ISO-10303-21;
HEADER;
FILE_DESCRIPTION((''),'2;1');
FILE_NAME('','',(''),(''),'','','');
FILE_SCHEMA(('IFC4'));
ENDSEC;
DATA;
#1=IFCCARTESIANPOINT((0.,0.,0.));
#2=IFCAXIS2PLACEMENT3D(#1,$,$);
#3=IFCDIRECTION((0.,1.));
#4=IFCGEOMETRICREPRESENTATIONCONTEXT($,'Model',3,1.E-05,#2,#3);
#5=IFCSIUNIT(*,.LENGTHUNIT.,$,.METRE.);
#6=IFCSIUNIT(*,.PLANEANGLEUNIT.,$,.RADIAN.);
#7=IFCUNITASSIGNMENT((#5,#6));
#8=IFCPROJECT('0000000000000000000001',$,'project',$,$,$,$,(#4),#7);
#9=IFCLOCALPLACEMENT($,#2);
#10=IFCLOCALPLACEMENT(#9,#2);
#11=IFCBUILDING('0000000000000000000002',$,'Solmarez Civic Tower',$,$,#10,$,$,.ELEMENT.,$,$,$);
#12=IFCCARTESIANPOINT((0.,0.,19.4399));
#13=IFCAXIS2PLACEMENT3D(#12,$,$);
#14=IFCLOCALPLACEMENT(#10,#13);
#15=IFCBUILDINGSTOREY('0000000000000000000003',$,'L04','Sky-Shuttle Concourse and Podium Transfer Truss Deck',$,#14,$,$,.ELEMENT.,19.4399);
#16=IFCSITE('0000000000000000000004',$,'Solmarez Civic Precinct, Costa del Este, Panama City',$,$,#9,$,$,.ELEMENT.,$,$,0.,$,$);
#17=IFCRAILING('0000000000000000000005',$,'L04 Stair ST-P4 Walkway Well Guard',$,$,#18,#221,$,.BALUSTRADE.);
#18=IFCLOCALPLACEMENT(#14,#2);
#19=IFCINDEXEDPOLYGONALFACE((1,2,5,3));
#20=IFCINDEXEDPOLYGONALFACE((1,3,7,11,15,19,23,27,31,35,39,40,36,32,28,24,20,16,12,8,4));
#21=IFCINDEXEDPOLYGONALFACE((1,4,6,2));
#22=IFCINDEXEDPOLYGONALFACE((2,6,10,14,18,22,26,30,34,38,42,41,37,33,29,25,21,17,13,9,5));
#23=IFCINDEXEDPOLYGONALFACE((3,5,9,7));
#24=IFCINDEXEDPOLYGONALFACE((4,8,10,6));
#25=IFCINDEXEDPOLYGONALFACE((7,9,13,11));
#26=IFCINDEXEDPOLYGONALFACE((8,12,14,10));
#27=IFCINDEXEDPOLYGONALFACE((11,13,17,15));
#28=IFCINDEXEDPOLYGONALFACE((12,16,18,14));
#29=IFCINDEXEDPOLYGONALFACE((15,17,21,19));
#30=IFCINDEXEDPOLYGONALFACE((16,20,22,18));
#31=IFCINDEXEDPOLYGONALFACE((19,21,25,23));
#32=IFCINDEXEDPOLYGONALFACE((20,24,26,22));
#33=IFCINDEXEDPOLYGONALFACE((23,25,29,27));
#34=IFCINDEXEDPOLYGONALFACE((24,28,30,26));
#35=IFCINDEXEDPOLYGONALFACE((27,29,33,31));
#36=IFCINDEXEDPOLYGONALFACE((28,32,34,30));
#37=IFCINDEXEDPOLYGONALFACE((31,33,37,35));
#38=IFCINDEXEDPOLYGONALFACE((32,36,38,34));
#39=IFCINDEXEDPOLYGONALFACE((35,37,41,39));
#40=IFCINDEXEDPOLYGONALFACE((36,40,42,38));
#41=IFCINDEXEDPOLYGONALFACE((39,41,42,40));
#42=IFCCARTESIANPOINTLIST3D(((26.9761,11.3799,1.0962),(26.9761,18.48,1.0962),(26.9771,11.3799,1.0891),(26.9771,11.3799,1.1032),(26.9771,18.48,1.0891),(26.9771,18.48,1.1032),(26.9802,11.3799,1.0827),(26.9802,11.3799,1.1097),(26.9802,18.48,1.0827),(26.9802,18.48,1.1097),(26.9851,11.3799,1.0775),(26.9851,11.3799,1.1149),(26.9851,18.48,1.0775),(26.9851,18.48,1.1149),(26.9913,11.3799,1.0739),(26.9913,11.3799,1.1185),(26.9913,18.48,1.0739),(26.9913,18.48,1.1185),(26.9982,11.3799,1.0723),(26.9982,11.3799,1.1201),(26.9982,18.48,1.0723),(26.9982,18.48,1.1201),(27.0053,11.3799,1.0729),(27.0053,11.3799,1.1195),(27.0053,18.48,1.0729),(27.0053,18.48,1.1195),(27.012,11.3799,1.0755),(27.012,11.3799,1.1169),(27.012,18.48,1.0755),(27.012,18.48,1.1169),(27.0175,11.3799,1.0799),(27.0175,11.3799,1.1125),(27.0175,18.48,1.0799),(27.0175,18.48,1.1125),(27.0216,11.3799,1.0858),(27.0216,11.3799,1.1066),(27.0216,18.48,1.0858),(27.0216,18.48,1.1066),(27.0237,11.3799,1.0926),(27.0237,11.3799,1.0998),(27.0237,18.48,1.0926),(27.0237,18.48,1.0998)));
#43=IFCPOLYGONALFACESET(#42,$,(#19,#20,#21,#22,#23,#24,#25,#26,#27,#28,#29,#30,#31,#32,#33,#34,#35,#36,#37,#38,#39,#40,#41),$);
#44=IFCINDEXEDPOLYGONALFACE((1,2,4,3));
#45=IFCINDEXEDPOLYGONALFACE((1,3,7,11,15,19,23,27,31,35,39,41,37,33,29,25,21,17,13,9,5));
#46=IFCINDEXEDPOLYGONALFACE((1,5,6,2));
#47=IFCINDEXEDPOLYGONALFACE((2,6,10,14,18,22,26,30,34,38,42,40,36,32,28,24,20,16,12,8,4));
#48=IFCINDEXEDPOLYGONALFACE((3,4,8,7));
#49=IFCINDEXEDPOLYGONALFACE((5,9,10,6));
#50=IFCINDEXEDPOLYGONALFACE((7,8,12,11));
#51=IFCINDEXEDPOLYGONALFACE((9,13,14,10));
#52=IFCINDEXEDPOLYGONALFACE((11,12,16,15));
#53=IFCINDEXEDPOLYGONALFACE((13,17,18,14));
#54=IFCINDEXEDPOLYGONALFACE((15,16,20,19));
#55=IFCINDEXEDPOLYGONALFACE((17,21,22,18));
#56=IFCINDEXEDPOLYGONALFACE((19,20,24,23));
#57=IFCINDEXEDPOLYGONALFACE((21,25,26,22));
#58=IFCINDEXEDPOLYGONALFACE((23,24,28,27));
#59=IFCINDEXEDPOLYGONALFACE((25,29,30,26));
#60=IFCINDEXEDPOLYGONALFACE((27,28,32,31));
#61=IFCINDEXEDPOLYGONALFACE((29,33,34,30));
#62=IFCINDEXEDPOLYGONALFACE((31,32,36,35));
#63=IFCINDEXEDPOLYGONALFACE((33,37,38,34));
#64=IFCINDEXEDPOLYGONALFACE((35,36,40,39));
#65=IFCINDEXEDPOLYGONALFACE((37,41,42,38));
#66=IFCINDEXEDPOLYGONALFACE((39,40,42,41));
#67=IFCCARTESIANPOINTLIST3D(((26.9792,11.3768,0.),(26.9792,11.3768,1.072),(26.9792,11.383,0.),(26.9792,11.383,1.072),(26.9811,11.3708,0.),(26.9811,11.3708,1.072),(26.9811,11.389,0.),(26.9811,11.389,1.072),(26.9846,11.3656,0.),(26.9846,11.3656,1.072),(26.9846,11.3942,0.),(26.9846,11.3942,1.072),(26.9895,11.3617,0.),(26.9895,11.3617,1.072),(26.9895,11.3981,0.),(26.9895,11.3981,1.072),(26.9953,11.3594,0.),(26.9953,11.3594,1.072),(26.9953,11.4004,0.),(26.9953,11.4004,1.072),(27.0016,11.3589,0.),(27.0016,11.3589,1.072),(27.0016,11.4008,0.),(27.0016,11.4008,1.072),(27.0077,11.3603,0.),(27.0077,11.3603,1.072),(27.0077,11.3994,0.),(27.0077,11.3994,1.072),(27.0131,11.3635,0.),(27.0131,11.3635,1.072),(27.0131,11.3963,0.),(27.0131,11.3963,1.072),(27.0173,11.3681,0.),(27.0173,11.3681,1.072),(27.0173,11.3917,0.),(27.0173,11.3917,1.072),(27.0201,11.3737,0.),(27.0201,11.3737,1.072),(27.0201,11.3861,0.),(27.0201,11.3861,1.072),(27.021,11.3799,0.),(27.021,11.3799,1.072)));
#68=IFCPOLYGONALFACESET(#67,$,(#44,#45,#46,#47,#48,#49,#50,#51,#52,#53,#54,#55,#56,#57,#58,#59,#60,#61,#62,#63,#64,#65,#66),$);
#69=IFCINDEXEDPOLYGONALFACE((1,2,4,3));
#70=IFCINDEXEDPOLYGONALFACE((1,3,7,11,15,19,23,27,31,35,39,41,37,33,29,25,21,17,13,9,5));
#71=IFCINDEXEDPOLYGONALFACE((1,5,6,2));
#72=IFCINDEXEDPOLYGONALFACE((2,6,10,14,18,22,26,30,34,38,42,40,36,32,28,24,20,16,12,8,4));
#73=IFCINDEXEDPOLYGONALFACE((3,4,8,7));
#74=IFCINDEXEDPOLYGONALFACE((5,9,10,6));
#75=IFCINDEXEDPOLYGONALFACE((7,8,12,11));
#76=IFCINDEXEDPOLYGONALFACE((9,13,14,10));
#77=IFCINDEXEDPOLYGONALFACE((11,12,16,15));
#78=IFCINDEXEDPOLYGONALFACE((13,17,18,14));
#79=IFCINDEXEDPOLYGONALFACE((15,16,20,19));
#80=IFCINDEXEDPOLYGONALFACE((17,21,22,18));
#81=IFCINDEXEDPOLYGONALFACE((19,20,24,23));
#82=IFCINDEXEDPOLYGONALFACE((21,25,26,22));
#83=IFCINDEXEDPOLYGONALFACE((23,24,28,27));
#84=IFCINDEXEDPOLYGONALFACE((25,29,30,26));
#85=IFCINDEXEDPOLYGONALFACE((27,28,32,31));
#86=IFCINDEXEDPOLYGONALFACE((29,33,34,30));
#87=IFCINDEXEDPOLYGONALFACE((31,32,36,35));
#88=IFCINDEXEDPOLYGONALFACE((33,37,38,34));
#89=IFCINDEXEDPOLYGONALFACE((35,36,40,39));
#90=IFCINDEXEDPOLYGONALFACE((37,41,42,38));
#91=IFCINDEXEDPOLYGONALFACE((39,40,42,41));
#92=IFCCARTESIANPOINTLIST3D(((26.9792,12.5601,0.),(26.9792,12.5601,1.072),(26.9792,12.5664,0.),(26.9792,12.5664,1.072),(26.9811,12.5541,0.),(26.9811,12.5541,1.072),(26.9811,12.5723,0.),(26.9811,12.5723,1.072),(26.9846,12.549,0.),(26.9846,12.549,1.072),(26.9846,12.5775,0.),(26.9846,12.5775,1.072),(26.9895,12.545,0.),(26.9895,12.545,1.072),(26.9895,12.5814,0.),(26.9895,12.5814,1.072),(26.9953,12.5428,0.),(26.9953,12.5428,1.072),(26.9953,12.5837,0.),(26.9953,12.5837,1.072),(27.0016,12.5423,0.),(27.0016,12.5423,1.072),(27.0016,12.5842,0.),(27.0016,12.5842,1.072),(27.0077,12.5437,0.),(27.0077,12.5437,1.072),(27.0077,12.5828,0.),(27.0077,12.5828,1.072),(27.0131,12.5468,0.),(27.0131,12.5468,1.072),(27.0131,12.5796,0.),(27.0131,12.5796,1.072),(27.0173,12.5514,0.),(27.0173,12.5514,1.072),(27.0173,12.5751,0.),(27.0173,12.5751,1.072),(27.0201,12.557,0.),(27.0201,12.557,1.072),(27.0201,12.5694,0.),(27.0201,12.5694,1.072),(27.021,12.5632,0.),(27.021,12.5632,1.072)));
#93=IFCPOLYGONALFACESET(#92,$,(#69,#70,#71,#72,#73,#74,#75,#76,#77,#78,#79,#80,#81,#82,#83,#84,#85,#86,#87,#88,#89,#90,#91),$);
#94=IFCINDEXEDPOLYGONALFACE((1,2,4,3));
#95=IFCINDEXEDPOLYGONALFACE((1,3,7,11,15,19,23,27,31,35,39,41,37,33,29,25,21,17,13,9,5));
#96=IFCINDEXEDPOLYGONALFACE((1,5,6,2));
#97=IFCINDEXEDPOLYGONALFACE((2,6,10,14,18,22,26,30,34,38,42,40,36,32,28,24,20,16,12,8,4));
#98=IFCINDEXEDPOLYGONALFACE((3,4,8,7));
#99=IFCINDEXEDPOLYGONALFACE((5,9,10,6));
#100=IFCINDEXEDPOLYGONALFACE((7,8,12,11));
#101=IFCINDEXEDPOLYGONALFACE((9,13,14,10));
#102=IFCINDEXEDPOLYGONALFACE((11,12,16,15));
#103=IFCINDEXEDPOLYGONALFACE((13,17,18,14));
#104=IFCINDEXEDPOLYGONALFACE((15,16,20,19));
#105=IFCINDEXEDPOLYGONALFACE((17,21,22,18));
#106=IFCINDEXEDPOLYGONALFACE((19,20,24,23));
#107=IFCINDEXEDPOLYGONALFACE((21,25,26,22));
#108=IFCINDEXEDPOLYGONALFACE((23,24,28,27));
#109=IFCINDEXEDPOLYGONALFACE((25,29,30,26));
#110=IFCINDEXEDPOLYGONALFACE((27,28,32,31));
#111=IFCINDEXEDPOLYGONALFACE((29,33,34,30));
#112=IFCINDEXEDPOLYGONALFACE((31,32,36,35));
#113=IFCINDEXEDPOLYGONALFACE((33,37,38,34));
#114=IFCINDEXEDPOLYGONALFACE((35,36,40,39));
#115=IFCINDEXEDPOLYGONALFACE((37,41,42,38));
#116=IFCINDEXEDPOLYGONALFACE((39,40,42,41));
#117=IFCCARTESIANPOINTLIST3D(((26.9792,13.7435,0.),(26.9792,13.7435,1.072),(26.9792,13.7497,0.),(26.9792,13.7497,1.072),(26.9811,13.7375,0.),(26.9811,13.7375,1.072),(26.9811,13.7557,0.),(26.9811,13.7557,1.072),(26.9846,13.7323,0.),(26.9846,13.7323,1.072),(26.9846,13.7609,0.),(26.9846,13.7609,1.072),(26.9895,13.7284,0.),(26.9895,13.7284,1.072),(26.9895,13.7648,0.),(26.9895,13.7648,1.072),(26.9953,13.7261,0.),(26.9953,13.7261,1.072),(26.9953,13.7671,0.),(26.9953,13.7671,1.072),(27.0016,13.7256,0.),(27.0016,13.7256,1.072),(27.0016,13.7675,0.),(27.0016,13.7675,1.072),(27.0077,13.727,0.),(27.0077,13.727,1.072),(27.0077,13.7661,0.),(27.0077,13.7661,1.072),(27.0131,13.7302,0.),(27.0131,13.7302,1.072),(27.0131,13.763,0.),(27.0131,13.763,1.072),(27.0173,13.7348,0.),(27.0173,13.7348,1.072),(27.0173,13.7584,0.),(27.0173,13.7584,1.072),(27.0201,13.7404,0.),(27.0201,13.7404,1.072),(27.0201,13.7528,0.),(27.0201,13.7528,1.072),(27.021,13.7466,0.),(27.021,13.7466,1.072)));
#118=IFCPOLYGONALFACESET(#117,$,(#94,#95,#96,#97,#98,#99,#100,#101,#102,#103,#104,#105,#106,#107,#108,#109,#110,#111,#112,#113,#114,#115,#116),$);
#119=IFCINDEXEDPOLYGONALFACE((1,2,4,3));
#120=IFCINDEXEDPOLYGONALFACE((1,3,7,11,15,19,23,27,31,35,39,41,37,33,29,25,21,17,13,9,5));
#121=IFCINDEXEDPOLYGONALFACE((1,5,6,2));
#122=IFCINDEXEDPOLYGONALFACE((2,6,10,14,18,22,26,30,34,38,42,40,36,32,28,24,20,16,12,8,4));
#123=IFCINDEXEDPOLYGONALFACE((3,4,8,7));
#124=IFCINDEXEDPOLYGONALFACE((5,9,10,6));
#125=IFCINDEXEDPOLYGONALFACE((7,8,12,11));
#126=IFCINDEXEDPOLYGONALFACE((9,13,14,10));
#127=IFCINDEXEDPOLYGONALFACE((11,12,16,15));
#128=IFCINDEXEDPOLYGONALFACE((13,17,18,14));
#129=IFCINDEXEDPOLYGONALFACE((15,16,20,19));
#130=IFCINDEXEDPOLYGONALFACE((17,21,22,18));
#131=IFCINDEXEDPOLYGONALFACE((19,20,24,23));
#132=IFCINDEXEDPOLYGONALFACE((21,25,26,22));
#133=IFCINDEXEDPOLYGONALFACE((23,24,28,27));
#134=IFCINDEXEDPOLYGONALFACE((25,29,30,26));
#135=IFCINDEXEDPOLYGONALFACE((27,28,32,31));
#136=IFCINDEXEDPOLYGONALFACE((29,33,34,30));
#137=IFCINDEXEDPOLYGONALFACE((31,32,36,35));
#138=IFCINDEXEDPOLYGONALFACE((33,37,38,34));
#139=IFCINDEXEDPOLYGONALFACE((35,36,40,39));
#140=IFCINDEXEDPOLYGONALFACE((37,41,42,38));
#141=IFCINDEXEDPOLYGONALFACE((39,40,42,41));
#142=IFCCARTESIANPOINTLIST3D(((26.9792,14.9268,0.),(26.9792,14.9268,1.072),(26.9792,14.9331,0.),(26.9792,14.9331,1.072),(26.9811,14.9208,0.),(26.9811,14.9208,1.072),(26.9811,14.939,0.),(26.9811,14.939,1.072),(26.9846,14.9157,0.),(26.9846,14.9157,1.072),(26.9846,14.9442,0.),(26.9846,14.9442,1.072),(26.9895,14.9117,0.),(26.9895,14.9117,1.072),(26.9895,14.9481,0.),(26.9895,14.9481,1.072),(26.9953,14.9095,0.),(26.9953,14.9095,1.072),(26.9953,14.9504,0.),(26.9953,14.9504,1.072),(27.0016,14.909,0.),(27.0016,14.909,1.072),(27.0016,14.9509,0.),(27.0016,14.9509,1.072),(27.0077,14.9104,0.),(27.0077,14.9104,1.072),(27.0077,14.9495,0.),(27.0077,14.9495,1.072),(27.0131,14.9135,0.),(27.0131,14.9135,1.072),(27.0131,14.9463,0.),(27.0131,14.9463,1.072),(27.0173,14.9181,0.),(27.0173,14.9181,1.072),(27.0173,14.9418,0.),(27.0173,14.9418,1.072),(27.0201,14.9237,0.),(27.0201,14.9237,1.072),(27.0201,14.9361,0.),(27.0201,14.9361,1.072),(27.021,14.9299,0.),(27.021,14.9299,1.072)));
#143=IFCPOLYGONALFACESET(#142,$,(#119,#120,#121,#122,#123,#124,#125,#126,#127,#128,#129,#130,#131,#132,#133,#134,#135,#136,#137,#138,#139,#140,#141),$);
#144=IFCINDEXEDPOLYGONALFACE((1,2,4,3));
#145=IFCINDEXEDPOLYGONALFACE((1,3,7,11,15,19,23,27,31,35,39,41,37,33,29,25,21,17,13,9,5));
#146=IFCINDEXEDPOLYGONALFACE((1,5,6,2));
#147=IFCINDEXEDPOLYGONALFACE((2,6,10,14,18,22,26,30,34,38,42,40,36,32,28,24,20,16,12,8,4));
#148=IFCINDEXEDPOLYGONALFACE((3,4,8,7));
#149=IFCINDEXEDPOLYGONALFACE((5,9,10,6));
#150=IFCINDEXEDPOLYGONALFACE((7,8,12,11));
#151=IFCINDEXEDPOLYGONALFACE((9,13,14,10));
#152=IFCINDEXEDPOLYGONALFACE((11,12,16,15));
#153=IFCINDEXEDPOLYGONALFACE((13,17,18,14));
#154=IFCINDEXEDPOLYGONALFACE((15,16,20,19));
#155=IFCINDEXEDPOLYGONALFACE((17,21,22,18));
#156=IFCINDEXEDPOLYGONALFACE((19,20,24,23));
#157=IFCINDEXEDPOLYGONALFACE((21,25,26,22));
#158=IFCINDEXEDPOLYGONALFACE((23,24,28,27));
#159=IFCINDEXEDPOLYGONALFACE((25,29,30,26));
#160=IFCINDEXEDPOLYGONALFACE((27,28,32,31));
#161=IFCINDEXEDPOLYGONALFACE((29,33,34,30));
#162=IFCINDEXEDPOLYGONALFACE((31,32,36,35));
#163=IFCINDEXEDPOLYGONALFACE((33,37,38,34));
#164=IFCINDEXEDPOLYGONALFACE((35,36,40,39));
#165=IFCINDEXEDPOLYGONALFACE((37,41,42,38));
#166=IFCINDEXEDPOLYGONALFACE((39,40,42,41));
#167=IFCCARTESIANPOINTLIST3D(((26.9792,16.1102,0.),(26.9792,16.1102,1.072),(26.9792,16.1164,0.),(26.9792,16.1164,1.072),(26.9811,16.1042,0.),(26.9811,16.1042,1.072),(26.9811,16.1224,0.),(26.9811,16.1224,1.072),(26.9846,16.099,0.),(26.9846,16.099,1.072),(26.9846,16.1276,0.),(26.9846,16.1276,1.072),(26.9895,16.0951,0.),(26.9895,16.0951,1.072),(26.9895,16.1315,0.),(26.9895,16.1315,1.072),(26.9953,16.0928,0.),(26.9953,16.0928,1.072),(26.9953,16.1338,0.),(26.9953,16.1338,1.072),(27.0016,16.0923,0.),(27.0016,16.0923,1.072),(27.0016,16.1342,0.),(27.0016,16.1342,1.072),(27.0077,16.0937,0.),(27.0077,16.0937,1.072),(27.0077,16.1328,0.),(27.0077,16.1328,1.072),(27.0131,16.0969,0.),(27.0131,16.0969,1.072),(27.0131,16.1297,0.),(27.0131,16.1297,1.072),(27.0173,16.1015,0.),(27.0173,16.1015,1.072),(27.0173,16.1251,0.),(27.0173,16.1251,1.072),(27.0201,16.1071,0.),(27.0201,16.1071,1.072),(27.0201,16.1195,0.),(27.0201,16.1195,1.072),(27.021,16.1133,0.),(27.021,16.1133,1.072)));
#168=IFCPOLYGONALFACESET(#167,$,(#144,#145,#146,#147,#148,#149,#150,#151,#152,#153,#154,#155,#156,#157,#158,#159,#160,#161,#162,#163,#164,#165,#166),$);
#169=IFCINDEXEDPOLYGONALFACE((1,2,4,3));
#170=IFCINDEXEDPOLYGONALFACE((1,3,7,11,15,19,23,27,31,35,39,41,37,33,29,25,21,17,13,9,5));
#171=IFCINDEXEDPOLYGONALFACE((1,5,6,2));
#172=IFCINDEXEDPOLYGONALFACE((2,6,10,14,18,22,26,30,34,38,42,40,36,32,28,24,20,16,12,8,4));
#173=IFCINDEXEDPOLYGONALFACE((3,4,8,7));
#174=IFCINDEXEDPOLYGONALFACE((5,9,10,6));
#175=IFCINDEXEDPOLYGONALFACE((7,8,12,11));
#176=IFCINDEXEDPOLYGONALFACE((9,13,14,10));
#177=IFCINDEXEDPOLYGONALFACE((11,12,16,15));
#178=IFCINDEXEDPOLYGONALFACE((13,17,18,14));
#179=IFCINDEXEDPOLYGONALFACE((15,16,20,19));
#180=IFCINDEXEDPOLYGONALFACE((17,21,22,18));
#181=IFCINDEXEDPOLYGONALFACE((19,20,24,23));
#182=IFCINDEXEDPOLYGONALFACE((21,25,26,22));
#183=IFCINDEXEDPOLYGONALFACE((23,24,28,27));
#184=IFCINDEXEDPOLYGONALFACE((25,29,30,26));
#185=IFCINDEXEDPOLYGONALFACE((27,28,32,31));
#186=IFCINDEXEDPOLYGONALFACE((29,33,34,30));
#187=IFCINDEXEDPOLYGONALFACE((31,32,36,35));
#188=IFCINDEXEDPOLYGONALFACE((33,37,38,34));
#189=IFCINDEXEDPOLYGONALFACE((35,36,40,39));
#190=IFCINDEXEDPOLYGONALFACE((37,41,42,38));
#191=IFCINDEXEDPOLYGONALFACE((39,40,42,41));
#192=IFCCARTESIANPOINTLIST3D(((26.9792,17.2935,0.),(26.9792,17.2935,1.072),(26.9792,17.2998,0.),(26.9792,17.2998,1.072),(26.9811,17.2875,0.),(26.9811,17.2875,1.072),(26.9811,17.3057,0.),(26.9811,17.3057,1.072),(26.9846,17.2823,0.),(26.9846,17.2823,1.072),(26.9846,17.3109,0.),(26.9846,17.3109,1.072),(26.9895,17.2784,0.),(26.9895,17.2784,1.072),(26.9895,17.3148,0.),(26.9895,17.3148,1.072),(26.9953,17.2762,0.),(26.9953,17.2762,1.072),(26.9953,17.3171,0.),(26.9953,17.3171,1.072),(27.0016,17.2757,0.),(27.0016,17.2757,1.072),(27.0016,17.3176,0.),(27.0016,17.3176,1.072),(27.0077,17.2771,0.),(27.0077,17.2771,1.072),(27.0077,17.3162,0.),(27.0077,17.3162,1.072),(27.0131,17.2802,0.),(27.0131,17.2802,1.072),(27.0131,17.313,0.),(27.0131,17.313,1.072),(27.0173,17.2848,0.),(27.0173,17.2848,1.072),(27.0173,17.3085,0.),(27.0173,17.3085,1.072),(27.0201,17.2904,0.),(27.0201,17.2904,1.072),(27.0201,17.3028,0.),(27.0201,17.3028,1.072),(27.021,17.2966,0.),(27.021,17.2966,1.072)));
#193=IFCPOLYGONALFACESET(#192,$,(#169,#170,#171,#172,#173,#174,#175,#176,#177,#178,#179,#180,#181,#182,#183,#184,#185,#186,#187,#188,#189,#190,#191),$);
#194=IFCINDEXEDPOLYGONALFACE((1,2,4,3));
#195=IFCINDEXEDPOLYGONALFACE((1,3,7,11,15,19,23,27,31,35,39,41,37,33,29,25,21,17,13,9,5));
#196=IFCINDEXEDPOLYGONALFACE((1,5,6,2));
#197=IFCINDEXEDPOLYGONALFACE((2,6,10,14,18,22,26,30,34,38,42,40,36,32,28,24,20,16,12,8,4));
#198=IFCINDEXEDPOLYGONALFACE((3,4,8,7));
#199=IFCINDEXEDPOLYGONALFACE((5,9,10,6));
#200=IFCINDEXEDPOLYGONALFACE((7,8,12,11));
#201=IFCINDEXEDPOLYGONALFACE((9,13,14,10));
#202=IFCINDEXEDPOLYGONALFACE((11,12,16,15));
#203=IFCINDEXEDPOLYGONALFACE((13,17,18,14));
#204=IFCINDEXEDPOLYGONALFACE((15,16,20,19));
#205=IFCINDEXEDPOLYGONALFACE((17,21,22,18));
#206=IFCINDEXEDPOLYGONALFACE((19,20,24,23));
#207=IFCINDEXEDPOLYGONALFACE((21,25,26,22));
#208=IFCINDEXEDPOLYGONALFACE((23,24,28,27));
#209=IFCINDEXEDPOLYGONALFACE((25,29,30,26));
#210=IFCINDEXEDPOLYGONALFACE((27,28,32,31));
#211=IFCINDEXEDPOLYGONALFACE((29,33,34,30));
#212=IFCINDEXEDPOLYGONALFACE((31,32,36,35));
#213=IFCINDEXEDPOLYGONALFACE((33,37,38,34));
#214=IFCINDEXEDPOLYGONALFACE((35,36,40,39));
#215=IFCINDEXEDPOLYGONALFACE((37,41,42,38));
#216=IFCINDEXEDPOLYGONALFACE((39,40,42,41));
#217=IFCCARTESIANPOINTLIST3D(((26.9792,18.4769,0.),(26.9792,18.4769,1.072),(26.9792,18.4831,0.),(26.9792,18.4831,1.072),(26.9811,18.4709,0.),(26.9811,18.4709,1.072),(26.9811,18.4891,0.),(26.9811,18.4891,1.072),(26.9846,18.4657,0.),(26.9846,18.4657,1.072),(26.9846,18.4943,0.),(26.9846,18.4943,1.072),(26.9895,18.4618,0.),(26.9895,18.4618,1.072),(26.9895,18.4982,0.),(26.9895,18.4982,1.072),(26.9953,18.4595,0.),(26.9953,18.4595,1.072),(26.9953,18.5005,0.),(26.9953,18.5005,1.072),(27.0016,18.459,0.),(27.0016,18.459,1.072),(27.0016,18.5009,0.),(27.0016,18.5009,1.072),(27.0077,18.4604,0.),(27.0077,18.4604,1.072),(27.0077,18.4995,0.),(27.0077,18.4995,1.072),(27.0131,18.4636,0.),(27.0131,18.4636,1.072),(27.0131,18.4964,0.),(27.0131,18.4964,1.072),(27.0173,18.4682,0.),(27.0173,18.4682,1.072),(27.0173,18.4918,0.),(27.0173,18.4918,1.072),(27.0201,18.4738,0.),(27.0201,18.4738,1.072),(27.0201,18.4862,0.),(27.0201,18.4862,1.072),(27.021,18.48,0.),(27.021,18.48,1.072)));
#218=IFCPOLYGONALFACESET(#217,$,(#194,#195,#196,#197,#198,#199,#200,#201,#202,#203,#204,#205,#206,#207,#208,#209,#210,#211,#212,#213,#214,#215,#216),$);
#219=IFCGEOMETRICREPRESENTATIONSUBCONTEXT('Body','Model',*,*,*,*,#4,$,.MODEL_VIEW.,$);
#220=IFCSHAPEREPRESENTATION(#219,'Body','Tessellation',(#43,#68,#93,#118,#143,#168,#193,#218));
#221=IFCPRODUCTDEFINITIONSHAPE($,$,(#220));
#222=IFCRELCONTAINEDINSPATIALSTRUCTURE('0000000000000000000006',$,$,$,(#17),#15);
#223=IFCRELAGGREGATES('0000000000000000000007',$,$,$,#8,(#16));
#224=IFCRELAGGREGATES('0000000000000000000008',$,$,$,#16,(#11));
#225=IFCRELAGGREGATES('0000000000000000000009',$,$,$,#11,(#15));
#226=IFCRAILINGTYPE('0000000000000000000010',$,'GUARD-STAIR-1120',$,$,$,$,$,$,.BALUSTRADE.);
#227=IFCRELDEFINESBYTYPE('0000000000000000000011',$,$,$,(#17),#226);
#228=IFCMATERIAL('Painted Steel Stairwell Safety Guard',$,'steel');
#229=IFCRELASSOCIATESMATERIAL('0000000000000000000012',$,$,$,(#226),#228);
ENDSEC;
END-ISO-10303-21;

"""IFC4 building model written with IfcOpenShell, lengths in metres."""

from ifc_helpers import new_model, si_unit, direction, frame, origin, origin_2d, place, context, subcontext, project, spatial, circle, extrude, material, type_object, element, save


model = new_model("IFC4")

# Units and contexts
model_context = context("Model", 3, precision=1e-05, world=origin(), true_north=direction((0.0, 1.0)))
body_context = subcontext(model_context, "Body", "Model", "MODEL_VIEW")
ifc_project = project(units=[si_unit("LENGTHUNIT", "METRE"), si_unit("PLANEANGLEUNIT", "RADIAN")], contexts=[model_context])

# Site, building, storey
site_placement = place(None, origin())
site = spatial("IfcSite", under=ifc_project, at=site_placement, Name="Solmarez Civic Precinct, Costa del Este, Panama City", CompositionType="ELEMENT", RefElevation=0.0)
building_placement = place(site_placement, origin())
building = spatial("IfcBuilding", under=site, at=building_placement, Name="Solmarez Civic Tower", CompositionType="ELEMENT")
storey_placement = place(building_placement, frame((0.0, 0.0, 19.4399)))
storey = spatial("IfcBuildingStorey", under=building, at=storey_placement, Name="L04", Description="Sky-Shuttle Concourse and Podium Transfer Truss Deck", CompositionType="ELEMENT", Elevation=19.4399)

# Railing
ifc_material_1 = material(Name="Painted Steel Stairwell Safety Guard", Category="steel")
railing_type = type_object("IfcRailingType", Name="GUARD-STAIR-1120", PredefinedType="BALUSTRADE", material=ifc_material_1)
railing_1_placement = place(storey_placement, frame((27.0, 11.3799, 0.0)))
element("IfcRailing", 1, at=railing_1_placement, inside=storey, type_object=railing_type, Name="L04 Stair ST-P4 Walkway Well Guard", PredefinedType="BALUSTRADE", context=body_context, shape_type="SweptSolid", body=[
    extrude(circle(Radius=0.0239, at=origin_2d()), frame((0.0, 0.0, 1.0962), z_axis=(0.0, 1.0, 0.0), x_axis=(-1.0, 0.0, 0.0)), (0.0, 0.0, 1.0), 7.1001),
    extrude(circle(Radius=0.021, at=origin_2d()), origin(), (0.0, 0.0, 1.0), 1.072),
    extrude(circle(Radius=0.021, at=origin_2d()), frame((0.0, 1.1833, 0.0)), (0.0, 0.0, 1.0), 1.072),
    extrude(circle(Radius=0.021, at=origin_2d()), frame((0.0, 2.3667, 0.0)), (0.0, 0.0, 1.0), 1.072),
    extrude(circle(Radius=0.021, at=origin_2d()), frame((0.0, 3.55, 0.0)), (0.0, 0.0, 1.0), 1.072),
    extrude(circle(Radius=0.021, at=origin_2d()), frame((0.0, 4.7334, 0.0)), (0.0, 0.0, 1.0), 1.072),
    extrude(circle(Radius=0.021, at=origin_2d()), frame((0.0, 5.9167, 0.0)), (0.0, 0.0, 1.0), 1.072),
    extrude(circle(Radius=0.021, at=origin_2d()), frame((0.0, 7.1001, 0.0)), (0.0, 0.0, 1.0), 1.072),
])

save(model, "model.ifc")
